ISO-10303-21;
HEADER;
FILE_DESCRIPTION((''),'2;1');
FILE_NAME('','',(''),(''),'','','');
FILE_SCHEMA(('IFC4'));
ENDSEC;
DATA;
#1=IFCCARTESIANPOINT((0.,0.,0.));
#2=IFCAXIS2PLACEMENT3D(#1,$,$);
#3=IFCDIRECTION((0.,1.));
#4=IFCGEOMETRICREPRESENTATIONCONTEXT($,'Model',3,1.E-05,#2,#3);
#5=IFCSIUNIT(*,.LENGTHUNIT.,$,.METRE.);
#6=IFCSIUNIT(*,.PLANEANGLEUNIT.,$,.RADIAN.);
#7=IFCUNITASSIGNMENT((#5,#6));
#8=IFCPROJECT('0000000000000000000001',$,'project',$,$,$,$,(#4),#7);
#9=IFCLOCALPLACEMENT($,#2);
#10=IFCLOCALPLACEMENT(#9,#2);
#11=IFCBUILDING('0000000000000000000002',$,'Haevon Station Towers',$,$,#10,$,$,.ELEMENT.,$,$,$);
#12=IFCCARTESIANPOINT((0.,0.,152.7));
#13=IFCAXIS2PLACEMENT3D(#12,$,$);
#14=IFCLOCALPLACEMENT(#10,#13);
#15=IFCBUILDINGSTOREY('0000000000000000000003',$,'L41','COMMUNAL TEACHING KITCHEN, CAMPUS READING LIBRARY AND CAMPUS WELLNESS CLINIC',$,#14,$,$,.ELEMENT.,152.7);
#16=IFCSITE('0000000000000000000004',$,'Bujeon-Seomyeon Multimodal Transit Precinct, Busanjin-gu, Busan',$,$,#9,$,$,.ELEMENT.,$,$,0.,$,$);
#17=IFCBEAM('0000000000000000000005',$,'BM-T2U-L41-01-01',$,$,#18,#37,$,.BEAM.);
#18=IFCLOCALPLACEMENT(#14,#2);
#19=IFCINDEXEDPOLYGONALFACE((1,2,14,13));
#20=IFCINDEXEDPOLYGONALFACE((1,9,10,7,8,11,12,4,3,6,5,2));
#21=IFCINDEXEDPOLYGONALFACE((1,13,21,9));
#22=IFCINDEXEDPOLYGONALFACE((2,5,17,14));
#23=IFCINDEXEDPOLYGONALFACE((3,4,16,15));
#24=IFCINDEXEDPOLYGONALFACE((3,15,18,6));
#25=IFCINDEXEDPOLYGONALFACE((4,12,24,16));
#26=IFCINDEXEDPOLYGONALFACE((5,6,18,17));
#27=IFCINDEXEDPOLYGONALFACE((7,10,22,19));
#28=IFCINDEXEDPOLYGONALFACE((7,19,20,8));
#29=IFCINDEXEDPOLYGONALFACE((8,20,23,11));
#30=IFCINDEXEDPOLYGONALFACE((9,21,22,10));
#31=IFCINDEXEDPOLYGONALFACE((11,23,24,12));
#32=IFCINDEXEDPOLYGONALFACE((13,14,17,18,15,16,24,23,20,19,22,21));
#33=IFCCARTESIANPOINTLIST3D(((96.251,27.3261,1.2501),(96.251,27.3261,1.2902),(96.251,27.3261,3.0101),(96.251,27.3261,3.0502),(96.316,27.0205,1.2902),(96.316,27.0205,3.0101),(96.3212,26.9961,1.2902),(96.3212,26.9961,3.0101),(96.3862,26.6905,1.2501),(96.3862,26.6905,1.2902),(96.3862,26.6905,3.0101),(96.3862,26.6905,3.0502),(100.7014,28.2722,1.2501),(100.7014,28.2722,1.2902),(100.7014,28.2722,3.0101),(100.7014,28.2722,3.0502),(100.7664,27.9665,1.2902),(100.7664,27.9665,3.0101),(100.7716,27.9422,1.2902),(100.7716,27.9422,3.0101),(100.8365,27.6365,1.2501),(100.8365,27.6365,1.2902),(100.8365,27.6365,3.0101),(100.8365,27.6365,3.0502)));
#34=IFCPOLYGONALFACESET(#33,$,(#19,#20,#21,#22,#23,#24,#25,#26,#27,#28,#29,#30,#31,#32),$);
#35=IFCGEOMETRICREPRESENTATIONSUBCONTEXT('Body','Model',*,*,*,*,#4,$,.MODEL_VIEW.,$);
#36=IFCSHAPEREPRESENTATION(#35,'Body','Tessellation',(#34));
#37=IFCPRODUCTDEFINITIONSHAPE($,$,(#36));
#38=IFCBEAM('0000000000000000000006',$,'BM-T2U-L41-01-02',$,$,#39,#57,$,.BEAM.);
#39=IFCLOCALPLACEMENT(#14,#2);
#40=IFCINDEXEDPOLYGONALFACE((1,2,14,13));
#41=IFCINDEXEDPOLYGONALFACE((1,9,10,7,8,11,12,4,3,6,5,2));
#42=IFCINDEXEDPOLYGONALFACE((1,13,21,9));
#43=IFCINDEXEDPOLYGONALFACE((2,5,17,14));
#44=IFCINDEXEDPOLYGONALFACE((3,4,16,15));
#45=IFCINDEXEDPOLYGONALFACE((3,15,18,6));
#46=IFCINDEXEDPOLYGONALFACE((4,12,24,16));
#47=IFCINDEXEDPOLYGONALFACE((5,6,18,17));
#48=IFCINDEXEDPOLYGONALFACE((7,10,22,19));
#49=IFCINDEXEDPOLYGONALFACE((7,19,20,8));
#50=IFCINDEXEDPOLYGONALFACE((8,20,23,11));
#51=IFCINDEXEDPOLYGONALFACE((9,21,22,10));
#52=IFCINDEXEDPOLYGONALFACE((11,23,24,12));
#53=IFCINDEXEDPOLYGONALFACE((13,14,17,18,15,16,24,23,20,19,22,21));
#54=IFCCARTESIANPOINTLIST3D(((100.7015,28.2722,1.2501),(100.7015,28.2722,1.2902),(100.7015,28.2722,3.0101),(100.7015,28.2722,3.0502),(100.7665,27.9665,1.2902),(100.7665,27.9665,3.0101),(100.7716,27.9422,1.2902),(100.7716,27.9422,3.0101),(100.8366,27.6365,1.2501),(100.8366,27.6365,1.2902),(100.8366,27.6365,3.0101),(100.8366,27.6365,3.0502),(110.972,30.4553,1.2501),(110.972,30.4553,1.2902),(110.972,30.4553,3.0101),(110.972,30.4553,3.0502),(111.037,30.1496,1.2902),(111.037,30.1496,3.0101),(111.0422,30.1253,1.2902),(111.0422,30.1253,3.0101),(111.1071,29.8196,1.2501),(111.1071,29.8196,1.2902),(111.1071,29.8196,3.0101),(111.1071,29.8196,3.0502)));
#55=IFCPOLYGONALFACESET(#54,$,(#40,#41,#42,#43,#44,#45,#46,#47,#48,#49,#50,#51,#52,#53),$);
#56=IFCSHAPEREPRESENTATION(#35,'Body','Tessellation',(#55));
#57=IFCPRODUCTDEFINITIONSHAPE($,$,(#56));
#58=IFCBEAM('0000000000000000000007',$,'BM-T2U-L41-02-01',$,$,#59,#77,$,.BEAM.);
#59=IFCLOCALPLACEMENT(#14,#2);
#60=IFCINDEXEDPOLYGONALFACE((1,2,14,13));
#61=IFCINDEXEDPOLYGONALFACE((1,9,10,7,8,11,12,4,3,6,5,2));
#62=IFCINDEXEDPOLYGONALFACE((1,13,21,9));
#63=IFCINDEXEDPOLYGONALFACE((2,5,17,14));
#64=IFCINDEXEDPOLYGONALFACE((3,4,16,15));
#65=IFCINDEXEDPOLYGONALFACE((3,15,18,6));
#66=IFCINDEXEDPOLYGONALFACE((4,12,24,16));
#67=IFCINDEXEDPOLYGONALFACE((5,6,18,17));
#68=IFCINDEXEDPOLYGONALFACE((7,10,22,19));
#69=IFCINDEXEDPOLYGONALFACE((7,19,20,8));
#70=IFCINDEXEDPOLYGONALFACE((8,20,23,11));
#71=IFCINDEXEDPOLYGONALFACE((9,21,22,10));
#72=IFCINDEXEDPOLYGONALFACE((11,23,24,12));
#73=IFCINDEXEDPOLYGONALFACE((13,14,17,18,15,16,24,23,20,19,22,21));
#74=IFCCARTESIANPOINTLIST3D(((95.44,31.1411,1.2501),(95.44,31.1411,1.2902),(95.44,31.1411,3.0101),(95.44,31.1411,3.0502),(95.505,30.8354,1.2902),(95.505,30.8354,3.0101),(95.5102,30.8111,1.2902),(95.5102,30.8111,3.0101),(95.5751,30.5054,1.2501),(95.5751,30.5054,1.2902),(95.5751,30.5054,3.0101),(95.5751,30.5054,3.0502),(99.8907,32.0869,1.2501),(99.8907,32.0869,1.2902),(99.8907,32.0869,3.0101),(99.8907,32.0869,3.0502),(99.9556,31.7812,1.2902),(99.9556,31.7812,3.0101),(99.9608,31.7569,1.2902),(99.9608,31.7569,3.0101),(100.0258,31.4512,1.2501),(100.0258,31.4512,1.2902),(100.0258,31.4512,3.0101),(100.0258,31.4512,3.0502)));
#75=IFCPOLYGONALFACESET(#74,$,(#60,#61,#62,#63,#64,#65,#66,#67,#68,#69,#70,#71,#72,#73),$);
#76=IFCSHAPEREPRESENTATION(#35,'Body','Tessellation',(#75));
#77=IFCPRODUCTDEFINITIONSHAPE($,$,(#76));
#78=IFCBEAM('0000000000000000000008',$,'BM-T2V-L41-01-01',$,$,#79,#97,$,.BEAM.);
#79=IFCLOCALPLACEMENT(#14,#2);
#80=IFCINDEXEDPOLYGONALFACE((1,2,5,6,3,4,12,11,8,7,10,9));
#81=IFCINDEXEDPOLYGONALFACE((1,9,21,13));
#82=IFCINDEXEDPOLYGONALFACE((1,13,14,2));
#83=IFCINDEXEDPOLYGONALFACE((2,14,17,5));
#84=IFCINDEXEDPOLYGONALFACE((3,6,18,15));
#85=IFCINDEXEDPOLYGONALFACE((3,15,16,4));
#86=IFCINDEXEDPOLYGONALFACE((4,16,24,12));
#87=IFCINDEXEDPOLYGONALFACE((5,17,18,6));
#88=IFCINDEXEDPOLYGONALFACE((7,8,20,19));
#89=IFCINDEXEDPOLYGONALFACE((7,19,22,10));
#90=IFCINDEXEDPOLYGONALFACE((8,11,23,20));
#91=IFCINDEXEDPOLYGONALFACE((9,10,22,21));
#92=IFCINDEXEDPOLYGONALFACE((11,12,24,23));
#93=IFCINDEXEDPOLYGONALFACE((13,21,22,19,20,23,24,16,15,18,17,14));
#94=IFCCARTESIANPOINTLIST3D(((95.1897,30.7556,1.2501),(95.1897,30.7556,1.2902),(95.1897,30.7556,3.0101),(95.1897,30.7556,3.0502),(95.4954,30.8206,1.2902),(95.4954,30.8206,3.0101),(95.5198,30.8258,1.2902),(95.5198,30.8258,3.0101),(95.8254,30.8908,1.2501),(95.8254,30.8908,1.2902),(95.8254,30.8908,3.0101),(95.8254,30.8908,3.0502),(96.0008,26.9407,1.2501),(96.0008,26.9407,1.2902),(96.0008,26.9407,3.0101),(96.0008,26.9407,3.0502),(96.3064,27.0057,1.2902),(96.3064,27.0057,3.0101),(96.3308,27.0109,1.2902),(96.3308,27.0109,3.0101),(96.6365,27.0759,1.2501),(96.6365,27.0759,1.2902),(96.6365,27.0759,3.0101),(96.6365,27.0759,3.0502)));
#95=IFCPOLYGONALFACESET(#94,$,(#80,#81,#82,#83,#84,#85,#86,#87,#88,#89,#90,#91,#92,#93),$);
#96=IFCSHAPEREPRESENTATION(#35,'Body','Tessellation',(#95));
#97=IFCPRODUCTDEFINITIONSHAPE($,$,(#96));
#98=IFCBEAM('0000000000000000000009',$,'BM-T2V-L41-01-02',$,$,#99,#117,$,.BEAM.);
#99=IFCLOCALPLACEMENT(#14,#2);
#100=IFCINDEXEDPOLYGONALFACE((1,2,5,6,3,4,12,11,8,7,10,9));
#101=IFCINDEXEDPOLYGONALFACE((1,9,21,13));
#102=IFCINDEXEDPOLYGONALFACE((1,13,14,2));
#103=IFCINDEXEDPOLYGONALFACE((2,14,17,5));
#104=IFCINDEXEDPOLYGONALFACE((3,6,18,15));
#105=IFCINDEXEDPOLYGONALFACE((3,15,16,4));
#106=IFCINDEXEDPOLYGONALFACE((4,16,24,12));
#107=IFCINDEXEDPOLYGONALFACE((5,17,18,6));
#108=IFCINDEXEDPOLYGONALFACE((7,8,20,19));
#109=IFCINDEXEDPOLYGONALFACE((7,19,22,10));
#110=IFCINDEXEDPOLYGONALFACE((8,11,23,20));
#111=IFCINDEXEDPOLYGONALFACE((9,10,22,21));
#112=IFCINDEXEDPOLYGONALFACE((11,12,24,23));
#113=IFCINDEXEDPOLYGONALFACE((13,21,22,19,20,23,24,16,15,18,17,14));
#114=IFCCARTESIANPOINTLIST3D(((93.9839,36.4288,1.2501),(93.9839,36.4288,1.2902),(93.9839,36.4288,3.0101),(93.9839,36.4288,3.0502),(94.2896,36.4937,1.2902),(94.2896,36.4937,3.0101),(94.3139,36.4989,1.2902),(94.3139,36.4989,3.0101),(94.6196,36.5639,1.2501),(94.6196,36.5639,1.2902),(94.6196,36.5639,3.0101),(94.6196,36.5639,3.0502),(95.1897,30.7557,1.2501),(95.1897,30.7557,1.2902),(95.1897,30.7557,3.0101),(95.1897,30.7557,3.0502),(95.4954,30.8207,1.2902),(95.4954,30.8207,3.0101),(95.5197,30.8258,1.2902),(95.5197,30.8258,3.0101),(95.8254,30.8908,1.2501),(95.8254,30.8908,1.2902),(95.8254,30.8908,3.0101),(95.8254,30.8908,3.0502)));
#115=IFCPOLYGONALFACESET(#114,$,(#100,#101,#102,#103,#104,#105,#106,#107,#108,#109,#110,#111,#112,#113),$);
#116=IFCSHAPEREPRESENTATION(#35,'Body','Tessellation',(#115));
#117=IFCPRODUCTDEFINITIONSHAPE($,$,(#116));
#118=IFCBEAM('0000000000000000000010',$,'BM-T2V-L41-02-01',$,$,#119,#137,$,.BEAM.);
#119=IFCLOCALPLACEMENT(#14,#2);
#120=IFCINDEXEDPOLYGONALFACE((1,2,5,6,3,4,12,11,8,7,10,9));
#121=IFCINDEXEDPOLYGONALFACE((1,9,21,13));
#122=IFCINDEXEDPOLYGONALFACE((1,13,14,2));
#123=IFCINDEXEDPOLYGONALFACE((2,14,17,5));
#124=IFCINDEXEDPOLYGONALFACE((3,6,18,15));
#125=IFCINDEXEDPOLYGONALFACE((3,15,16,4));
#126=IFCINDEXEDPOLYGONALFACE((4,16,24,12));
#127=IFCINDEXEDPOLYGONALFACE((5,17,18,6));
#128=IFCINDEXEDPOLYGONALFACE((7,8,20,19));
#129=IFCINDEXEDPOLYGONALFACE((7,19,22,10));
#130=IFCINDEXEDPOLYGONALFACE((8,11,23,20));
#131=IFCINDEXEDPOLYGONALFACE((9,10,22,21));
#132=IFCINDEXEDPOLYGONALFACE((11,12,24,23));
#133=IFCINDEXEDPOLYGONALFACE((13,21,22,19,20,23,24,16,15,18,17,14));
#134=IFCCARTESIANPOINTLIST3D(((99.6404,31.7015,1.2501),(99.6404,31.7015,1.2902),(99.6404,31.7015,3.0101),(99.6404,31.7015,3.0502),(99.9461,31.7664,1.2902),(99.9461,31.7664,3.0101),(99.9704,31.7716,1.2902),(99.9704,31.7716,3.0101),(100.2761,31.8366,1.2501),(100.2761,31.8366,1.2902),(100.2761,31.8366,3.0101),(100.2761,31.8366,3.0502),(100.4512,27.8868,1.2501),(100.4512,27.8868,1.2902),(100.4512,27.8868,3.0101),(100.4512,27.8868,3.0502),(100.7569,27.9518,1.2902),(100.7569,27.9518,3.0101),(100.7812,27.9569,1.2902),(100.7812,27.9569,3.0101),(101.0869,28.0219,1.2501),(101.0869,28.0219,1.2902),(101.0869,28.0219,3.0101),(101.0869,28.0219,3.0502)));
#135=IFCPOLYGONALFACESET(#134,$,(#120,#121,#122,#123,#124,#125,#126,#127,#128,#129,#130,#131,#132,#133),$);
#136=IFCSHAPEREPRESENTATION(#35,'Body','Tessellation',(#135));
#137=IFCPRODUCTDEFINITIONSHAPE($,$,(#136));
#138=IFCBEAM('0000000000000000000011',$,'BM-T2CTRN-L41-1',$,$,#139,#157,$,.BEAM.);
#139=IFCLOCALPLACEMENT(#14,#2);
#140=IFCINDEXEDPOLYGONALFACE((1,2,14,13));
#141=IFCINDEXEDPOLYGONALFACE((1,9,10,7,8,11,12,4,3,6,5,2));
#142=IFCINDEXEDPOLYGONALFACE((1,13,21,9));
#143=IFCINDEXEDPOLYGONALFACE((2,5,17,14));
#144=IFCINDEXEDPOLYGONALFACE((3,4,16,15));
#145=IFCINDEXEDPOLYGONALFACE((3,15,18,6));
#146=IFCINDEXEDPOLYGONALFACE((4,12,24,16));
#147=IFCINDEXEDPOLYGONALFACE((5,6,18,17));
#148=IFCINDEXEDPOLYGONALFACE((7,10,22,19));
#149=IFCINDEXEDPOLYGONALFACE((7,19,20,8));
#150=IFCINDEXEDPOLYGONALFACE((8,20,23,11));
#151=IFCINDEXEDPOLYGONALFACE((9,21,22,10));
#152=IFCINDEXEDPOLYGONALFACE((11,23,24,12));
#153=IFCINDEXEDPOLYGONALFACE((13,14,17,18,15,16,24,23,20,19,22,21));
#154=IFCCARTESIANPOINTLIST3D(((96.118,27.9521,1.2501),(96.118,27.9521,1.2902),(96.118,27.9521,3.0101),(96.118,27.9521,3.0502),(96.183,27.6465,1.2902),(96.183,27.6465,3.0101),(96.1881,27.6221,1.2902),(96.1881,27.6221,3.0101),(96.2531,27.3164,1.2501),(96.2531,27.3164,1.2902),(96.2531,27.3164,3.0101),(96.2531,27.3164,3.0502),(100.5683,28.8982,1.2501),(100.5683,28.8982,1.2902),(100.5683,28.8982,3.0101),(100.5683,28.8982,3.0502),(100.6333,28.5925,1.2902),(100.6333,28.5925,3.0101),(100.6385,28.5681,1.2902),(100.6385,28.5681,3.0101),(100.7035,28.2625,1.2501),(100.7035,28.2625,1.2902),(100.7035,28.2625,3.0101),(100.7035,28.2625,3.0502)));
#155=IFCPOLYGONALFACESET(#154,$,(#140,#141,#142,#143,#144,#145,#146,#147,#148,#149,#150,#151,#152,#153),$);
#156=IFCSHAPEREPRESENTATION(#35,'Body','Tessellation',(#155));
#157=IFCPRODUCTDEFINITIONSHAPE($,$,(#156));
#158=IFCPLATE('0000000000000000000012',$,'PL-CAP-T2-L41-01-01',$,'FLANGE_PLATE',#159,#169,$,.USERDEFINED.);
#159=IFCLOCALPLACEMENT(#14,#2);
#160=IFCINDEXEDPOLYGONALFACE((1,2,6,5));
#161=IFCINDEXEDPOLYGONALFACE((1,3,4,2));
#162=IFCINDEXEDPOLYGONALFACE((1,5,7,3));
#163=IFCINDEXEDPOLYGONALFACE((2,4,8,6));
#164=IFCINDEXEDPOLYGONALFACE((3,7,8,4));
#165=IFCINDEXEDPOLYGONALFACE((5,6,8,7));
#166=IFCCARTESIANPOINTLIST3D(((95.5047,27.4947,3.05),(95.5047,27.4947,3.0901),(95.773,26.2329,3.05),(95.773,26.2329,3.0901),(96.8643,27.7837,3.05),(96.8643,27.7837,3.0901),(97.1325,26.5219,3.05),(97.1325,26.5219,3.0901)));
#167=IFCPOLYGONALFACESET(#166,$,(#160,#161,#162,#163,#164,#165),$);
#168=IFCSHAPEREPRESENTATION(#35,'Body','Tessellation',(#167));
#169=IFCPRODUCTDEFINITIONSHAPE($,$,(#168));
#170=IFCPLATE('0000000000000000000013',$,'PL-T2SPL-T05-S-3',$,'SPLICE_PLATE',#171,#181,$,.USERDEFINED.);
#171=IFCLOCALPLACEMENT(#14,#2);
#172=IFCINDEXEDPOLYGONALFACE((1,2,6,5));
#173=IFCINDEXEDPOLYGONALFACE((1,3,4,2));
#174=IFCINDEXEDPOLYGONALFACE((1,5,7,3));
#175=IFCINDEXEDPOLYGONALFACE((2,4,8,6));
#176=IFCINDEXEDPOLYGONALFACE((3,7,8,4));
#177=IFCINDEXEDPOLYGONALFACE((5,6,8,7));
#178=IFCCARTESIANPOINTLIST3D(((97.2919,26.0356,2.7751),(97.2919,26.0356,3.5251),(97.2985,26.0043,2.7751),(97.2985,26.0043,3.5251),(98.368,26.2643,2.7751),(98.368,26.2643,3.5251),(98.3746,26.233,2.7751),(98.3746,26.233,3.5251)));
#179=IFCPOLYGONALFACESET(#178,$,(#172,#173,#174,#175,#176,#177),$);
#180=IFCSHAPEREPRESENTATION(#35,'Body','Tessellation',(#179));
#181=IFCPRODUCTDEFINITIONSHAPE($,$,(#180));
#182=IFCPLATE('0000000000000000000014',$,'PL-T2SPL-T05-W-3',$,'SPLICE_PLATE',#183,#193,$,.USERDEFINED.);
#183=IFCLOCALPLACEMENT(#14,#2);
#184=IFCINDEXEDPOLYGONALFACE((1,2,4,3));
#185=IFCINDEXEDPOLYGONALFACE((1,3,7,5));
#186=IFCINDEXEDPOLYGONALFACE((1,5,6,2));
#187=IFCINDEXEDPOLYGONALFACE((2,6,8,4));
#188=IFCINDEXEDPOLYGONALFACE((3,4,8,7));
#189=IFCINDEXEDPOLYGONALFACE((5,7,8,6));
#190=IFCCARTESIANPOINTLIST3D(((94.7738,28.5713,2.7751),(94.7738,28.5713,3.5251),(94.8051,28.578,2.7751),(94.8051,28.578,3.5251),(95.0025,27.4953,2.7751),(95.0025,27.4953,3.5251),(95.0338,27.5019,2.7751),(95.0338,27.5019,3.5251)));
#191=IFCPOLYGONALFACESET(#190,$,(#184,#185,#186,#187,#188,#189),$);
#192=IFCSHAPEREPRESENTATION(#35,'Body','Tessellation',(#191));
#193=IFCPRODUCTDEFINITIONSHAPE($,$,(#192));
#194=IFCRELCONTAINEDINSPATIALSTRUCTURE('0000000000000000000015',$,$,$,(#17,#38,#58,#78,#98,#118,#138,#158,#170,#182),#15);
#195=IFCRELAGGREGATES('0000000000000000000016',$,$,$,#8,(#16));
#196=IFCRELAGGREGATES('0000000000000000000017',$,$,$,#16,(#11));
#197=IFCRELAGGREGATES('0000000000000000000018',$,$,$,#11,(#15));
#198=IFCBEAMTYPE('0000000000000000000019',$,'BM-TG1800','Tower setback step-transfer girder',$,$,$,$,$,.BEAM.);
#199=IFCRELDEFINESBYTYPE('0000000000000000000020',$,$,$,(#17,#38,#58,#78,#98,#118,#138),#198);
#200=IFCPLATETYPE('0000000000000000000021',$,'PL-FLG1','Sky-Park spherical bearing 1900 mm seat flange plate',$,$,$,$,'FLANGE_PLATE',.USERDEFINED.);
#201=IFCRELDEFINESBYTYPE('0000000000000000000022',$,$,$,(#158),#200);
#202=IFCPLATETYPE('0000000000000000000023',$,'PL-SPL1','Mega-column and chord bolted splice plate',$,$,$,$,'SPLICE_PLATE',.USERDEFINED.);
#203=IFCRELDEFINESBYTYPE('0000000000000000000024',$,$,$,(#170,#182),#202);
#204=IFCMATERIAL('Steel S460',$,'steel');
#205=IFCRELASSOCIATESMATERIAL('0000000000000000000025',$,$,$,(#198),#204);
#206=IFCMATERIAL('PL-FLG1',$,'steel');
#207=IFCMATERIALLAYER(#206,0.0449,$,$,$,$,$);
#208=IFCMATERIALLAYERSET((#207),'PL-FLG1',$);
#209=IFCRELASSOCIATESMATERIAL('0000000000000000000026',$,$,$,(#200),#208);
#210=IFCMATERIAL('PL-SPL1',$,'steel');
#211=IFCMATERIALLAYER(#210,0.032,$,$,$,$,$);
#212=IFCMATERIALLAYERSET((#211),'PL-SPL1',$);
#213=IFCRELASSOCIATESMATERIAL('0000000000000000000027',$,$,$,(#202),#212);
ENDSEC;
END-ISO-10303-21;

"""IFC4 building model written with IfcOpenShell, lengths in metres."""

from ifc_helpers import new_model, si_unit, direction, frame, origin, origin_2d, place, context, subcontext, project, spatial, rectangle, i_section, extrude, material, layer, layer_set, material_profile, profile_set, type_object, element, save


model = new_model("IFC4")

# Units and contexts
model_context = context("Model", 3, precision=1e-05, world=origin(), true_north=direction((0.0, 1.0)))
body_context = subcontext(model_context, "Body", "Model", "MODEL_VIEW")
ifc_project = project(units=[si_unit("LENGTHUNIT", "METRE"), si_unit("PLANEANGLEUNIT", "RADIAN")], contexts=[model_context])

# Site, building, storey
site_placement = place(None, origin())
site = spatial("IfcSite", under=ifc_project, at=site_placement, Name="Bujeon-Seomyeon Multimodal Transit Precinct, Busanjin-gu, Busan", CompositionType="ELEMENT", RefElevation=0.0)
building_placement = place(site_placement, origin())
building = spatial("IfcBuilding", under=site, at=building_placement, Name="Haevon Station Towers", CompositionType="ELEMENT")
storey_placement = place(building_placement, frame((0.0, 0.0, 152.7)))
storey = spatial("IfcBuildingStorey", under=building, at=storey_placement, Name="L41", Description="COMMUNAL TEACHING KITCHEN, CAMPUS READING LIBRARY AND CAMPUS WELLNESS CLINIC", CompositionType="ELEMENT", Elevation=152.7)

# Shared definitions
ifc_material_1 = material(Name="Steel S460", Category="steel")

# Beams
ifc_material_profile_1 = material_profile(ifc_material_1, i_section(OverallWidth=0.6499, OverallDepth=1.8, WebThickness=0.0249, FlangeThickness=0.04, at=origin_2d()), Name="H-1800x650x25x40")
ifc_profile_set_1 = profile_set([ifc_material_profile_1], Name="Steel S460")
beam_type_1 = type_object("IfcBeamType", Name="BM-TG1800", Description="Tower setback step-transfer girder", PredefinedType="BEAM", material=ifc_profile_set_1)
beam_1_placement = place(storey_placement, frame((96.3186, 27.0083, 2.1501), z_axis=(0.978144, 0.207927, 0.0), x_axis=(-0.207927, 0.978144, 0.0)))
element("IfcBeam", 1, at=beam_1_placement, inside=storey, type_object=beam_type_1, Name="BM-T2U-L41-01-01", PredefinedType="BEAM", context=body_context, shape_type="SweptSolid", body=[
    extrude(i_section(OverallWidth=0.6499, OverallDepth=1.8, WebThickness=0.0249, FlangeThickness=0.04, at=origin_2d()), origin(), (0.0, 0.0, 1.0), 4.5498),
])
beam_2_placement = place(storey_placement, frame((100.769, 27.9543, 2.1501), z_axis=(0.978147, 0.207915, 0.0), x_axis=(-0.207915, 0.978147, 0.0)))
element("IfcBeam", 2, at=beam_2_placement, inside=storey, type_object=beam_type_1, Name="BM-T2U-L41-01-02", PredefinedType="BEAM", context=body_context, shape_type="SweptSolid", body=[
    extrude(i_section(OverallWidth=0.6499, OverallDepth=1.8, WebThickness=0.0249, FlangeThickness=0.04, at=origin_2d()), origin(), (0.0, 0.0, 1.0), 10.5),
])
beam_3_placement = place(storey_placement, frame((95.5076, 30.8232, 2.1501), z_axis=(0.978157, 0.207865, 0.0), x_axis=(-0.207865, 0.978157, 0.0)))
element("IfcBeam", 3, at=beam_3_placement, inside=storey, type_object=beam_type_1, Name="BM-T2U-L41-02-01", PredefinedType="BEAM", context=body_context, shape_type="SweptSolid", body=[
    extrude(i_section(OverallWidth=0.6499, OverallDepth=1.8, WebThickness=0.0249, FlangeThickness=0.04, at=origin_2d()), origin(), (0.0, 0.0, 1.0), 4.55),
])
beam_4_placement = place(storey_placement, frame((96.3186, 27.0083, 2.1501), z_axis=(-0.207947, 0.97814, 0.0), x_axis=(-0.97814, -0.207947, 0.0)))
element("IfcBeam", 4, at=beam_4_placement, inside=storey, type_object=beam_type_1, Name="BM-T2V-L41-01-01", PredefinedType="BEAM", context=body_context, shape_type="SweptSolid", body=[
    extrude(i_section(OverallWidth=0.6499, OverallDepth=1.8, WebThickness=0.0249, FlangeThickness=0.04, at=origin_2d()), origin(), (0.0, 0.0, 1.0), 3.9001),
])
beam_5_placement = place(storey_placement, frame((95.5076, 30.8232, 2.1501), z_axis=(-0.207905, 0.978149, 0.0), x_axis=(-0.978149, -0.207905, 0.0)))
element("IfcBeam", 5, at=beam_5_placement, inside=storey, type_object=beam_type_1, Name="BM-T2V-L41-01-02", PredefinedType="BEAM", context=body_context, shape_type="SweptSolid", body=[
    extrude(i_section(OverallWidth=0.6499, OverallDepth=1.8, WebThickness=0.0249, FlangeThickness=0.04, at=origin_2d()), origin(), (0.0, 0.0, 1.0), 5.7998),
])
beam_6_placement = place(storey_placement, frame((100.769, 27.9543, 2.1501), z_axis=(-0.2079, 0.97815, 0.0), x_axis=(-0.97815, -0.2079, 0.0)))
element("IfcBeam", 6, at=beam_6_placement, inside=storey, type_object=beam_type_1, Name="BM-T2V-L41-02-01", PredefinedType="BEAM", context=body_context, shape_type="SweptSolid", body=[
    extrude(i_section(OverallWidth=0.6499, OverallDepth=1.8, WebThickness=0.0249, FlangeThickness=0.04, at=origin_2d()), origin(), (0.0, 0.0, 1.0), 3.8999),
])
beam_7_placement = place(storey_placement, frame((96.1855, 27.6343, 2.1501), z_axis=(0.978144, 0.207927, 0.0), x_axis=(-0.207927, 0.978144, 0.0)))
element("IfcBeam", 7, at=beam_7_placement, inside=storey, type_object=beam_type_1, Name="BM-T2CTRN-L41-1", PredefinedType="BEAM", context=body_context, shape_type="SweptSolid", body=[
    extrude(i_section(OverallWidth=0.6499, OverallDepth=1.8, WebThickness=0.0249, FlangeThickness=0.04, at=origin_2d()), origin(), (0.0, 0.0, 1.0), 4.5498),
])

# Plates
ifc_material_2 = material(Name="PL-FLG1", Category="steel")
ifc_layer_1 = layer(ifc_material_2, 0.0449)
ifc_layer_set_1 = layer_set([ifc_layer_1], Name="PL-FLG1")
plate_type_1 = type_object("IfcPlateType", Name="PL-FLG1", Description="Sky-Park spherical bearing 1900 mm seat flange plate", ElementType="FLANGE_PLATE", PredefinedType="USERDEFINED", material=ifc_layer_set_1)
plate_placement = place(storey_placement, frame((96.3186, 27.0083, 3.05), z_axis=(0.0, 0.0, 1.0), x_axis=(0.978148, 0.207912, 0.0)))
element("IfcPlate", 8, at=plate_placement, inside=storey, type_object=plate_type_1, Name="PL-CAP-T2-L41-01-01", ObjectType="FLANGE_PLATE", PredefinedType="USERDEFINED", context=body_context, shape_type="SweptSolid", body=[
    extrude(rectangle(XDim=1.3899, YDim=1.29, at=origin_2d()), origin(), (0.0, 0.0, 1.0), 0.04),
])
ifc_material_3 = material(Name="PL-SPL1", Category="steel")
ifc_layer_2 = layer(ifc_material_3, 0.032)
ifc_layer_set_2 = layer_set([ifc_layer_2], Name="PL-SPL1")
plate_type_2 = type_object("IfcPlateType", Name="PL-SPL1", Description="Mega-column and chord bolted splice plate", ElementType="SPLICE_PLATE", PredefinedType="USERDEFINED", material=ifc_layer_set_2)
for number, where, z_axis, x_axis, name in (
    (9, (97.8333, 26.1343, 2.7751), (0.0, 0.0, 1.0), (0.978148, 0.207912, 0.0), "PL-T2SPL-T05-S-3"),
    (10, (94.9038, 28.0366, 2.7751), (0.0, 0.0, 1.0), (-0.207912, 0.978148, 0.0), "PL-T2SPL-T05-W-3"),
):
    element("IfcPlate", number, at=place(storey_placement, frame(where, z_axis=z_axis, x_axis=x_axis)), inside=storey, type_object=plate_type_2, Name=name, ObjectType="SPLICE_PLATE", PredefinedType="USERDEFINED", context=body_context, shape_type="SweptSolid", body=[
        extrude(rectangle(XDim=1.1001, YDim=0.032, at=origin_2d()), origin(), (0.0, 0.0, 1.0), 0.75),
    ])

save(model, "model.ifc")
